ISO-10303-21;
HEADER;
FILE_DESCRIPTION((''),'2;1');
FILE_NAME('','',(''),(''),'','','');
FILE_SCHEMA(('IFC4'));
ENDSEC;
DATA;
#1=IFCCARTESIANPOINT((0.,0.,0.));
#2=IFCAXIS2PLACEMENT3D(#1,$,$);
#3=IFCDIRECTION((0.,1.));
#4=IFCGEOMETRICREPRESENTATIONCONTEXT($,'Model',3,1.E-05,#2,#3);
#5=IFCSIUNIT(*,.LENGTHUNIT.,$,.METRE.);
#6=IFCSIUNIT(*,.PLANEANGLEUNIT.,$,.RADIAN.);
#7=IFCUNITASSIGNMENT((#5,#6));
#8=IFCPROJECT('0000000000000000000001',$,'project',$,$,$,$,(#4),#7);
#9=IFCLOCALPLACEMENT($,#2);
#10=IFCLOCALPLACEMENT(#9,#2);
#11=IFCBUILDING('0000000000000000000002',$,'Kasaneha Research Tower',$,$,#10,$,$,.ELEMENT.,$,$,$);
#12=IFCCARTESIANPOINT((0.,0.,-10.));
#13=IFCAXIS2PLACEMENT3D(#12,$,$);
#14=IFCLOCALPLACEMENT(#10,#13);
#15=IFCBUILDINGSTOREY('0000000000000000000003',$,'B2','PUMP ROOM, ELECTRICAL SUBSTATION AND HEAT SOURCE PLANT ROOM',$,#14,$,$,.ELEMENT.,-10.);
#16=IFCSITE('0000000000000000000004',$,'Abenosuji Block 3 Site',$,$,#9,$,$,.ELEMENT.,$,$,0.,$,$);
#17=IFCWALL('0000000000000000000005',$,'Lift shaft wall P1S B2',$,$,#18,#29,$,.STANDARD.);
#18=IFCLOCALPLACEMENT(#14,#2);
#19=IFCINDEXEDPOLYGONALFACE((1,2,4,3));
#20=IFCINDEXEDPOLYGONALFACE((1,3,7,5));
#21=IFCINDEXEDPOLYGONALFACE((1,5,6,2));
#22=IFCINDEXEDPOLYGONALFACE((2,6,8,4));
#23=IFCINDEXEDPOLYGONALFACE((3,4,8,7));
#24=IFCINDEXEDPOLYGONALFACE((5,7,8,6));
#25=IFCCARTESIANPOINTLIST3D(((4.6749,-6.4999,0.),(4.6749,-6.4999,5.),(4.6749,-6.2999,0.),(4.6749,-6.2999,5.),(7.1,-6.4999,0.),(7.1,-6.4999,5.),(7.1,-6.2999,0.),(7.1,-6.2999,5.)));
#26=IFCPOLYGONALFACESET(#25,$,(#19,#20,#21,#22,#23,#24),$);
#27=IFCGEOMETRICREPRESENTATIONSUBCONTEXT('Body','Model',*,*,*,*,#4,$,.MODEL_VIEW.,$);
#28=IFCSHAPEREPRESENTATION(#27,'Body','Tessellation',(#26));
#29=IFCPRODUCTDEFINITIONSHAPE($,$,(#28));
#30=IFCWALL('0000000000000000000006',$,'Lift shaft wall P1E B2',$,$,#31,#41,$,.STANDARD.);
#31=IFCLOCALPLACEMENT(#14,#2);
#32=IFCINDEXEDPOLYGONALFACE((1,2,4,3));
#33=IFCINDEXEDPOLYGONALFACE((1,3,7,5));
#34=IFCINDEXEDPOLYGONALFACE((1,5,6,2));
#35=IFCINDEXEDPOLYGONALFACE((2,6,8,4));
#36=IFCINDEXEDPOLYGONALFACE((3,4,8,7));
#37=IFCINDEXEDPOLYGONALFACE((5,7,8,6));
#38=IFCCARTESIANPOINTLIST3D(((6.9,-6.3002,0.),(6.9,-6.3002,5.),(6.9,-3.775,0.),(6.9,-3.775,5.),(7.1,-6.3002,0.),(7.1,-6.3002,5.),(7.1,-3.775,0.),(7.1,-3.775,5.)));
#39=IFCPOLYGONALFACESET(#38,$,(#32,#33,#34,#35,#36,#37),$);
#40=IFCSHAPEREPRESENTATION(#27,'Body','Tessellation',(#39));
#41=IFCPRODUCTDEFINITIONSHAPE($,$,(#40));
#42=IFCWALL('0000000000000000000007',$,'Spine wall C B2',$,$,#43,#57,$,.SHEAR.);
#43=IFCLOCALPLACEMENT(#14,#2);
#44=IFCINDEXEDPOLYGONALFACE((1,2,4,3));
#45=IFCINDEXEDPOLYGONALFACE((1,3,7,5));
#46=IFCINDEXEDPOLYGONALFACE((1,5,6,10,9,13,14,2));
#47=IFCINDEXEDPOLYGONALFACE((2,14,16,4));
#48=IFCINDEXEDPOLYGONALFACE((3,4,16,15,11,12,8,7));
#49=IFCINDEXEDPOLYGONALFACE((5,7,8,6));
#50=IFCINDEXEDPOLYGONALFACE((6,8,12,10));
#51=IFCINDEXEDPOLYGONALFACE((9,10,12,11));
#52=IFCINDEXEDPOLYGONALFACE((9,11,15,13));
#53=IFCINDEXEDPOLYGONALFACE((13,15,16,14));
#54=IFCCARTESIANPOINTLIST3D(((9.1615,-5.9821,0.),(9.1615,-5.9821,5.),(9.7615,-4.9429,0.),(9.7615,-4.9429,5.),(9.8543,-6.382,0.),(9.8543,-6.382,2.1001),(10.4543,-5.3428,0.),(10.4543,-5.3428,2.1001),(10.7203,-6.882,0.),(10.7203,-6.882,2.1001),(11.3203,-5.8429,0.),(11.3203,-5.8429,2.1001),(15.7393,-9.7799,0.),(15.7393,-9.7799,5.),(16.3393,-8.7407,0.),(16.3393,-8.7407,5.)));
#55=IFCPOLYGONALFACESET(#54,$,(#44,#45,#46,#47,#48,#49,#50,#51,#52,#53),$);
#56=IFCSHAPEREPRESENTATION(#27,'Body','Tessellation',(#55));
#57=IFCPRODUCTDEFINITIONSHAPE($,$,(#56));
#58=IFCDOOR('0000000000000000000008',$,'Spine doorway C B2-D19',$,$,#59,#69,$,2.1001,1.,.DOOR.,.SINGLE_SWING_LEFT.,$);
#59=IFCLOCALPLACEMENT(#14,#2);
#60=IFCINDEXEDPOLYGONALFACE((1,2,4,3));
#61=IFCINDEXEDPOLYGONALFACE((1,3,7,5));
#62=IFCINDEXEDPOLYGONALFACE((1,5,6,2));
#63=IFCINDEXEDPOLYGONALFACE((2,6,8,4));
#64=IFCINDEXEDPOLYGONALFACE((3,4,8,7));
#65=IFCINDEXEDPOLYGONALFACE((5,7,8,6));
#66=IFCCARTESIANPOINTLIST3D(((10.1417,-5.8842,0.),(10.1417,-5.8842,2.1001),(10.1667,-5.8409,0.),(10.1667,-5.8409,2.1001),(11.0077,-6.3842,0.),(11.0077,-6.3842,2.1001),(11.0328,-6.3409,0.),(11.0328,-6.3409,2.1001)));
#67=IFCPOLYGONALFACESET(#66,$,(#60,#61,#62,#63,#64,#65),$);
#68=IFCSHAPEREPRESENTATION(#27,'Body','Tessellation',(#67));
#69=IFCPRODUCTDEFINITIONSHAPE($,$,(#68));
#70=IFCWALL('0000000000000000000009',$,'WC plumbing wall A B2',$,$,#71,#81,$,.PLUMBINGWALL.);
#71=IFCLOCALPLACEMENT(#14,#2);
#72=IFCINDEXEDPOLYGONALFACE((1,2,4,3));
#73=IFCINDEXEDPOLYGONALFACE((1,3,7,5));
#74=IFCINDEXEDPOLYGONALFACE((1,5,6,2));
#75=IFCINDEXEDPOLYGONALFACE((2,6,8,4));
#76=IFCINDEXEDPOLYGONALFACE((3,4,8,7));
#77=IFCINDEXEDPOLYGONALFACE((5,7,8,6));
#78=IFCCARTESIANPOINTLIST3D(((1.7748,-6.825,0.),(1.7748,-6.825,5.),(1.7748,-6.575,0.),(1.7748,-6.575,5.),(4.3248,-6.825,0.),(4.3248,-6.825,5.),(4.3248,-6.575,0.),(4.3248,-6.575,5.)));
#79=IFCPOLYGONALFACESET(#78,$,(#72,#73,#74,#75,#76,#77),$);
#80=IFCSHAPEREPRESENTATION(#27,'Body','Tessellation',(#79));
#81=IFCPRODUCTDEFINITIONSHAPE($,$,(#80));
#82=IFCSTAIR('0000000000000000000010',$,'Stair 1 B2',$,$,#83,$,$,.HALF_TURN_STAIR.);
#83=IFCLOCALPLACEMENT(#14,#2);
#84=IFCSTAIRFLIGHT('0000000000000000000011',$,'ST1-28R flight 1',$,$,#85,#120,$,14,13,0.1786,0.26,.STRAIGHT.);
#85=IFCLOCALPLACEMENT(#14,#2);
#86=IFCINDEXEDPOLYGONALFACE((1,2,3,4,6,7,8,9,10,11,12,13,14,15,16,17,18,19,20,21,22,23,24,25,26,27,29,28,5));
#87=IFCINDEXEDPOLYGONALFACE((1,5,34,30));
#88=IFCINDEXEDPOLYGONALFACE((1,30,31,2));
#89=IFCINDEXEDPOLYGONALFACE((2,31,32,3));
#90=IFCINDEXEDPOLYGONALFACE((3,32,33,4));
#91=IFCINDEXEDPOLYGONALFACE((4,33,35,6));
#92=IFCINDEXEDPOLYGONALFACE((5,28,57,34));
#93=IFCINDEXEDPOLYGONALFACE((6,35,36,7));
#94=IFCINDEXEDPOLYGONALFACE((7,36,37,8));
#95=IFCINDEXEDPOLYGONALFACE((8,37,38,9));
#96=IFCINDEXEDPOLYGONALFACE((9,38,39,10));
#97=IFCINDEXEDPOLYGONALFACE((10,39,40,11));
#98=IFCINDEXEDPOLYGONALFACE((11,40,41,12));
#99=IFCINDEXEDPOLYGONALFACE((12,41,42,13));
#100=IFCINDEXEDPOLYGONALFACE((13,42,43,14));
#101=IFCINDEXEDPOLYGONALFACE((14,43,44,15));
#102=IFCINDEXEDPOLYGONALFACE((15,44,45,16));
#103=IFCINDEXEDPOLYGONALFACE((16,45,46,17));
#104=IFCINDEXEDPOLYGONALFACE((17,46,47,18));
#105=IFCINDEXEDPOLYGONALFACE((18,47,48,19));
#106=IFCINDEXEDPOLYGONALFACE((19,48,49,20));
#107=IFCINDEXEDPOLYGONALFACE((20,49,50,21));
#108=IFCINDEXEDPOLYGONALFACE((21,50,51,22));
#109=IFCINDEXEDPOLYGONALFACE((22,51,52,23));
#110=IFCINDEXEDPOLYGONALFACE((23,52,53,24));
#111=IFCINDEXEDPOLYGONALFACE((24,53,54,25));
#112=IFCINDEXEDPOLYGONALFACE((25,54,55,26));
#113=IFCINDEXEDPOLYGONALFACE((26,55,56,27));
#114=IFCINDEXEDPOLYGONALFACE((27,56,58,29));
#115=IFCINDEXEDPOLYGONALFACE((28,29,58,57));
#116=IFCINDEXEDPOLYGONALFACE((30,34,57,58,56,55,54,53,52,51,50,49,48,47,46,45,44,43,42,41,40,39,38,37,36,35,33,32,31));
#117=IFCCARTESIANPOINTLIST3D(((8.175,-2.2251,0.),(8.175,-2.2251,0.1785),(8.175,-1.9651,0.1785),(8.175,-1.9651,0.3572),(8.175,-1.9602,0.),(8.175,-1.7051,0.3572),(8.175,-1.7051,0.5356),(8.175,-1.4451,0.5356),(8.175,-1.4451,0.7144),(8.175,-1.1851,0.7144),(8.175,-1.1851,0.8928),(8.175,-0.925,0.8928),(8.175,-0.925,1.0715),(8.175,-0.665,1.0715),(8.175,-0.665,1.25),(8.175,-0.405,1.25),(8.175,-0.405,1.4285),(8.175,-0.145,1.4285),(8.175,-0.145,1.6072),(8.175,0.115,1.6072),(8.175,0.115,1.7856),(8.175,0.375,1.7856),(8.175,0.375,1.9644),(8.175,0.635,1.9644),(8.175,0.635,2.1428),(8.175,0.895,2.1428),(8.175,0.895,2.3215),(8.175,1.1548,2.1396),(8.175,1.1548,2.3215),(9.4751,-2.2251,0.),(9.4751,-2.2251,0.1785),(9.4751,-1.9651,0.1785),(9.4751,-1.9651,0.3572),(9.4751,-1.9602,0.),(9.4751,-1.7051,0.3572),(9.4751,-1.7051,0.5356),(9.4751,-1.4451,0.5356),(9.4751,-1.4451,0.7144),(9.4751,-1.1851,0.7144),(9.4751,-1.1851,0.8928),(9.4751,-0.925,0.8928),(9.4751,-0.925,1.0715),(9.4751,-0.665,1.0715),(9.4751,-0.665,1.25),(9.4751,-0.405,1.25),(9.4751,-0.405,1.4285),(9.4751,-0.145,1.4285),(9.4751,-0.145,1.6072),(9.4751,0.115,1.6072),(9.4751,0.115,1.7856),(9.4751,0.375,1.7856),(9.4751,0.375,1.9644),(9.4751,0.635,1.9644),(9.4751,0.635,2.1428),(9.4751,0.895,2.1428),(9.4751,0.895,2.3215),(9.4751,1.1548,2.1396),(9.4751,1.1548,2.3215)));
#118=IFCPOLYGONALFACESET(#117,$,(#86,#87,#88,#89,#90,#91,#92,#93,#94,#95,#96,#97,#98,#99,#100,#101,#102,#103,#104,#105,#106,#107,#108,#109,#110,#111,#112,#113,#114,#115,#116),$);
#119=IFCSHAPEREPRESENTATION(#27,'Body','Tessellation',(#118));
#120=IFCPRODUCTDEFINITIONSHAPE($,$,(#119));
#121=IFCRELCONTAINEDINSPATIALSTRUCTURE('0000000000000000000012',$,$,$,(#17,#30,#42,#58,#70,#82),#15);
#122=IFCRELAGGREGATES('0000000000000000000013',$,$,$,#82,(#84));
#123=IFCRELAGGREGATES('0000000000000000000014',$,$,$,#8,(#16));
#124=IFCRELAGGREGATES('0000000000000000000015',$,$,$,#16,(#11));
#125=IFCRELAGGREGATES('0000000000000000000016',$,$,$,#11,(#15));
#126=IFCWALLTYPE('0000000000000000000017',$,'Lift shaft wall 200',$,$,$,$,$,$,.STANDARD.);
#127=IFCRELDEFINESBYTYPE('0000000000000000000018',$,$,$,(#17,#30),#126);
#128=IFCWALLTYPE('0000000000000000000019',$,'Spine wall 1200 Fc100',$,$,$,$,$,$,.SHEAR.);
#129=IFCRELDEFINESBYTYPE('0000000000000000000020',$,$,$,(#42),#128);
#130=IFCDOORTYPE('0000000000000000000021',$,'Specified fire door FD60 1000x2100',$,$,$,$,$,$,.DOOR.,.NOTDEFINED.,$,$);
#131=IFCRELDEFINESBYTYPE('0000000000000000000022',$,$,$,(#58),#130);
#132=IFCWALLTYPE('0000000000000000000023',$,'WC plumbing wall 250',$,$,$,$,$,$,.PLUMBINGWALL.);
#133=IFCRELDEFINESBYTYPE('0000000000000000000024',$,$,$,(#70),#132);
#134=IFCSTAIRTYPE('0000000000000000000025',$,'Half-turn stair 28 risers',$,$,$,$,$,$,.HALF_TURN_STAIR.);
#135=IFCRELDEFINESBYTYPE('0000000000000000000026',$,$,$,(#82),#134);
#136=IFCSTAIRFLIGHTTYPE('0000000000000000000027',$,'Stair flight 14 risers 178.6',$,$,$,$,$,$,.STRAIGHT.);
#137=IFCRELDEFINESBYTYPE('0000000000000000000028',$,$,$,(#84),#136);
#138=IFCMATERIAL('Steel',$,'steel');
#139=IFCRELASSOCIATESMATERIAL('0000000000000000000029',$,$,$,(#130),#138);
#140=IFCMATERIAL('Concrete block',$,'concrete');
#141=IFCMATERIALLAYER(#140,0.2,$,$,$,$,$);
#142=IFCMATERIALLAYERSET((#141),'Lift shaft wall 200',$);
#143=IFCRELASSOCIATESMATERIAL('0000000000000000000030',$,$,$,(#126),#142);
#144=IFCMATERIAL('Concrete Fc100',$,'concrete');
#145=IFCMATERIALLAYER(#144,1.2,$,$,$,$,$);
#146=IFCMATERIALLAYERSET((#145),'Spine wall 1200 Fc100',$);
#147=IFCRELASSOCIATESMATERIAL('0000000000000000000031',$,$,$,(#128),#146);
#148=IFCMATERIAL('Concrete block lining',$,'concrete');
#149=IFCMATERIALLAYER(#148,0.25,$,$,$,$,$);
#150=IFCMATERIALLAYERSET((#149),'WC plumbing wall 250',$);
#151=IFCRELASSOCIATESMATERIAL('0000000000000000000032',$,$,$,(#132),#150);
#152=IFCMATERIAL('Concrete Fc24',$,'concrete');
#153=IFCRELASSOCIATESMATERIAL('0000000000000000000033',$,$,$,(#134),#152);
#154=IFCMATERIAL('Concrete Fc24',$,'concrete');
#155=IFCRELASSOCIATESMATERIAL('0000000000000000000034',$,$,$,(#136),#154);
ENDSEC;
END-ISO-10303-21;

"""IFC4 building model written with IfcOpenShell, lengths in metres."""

from ifc_helpers import new_model, si_unit, direction, frame, frame_2d, origin, place, context, subcontext, project, spatial, polyline, rectangle, outline, extrude, material, layer, layer_set, type_object, element, fill, aggregate, save


model = new_model("IFC4")

# Units and contexts
model_context = context("Model", 3, precision=1e-05, world=origin(), true_north=direction((0.0, 1.0)))
body_context = subcontext(model_context, "Body", "Model", "MODEL_VIEW")
ifc_project = project(units=[si_unit("LENGTHUNIT", "METRE"), si_unit("PLANEANGLEUNIT", "RADIAN")], contexts=[model_context])

# Site, building, storey
site_placement = place(None, origin())
site = spatial("IfcSite", under=ifc_project, at=site_placement, Name="Abenosuji Block 3 Site", CompositionType="ELEMENT", RefElevation=0.0)
building_placement = place(site_placement, origin())
building = spatial("IfcBuilding", under=site, at=building_placement, Name="Kasaneha Research Tower", CompositionType="ELEMENT")
storey_placement = place(building_placement, frame((0.0, 0.0, -10.0)))
storey = spatial("IfcBuildingStorey", under=building, at=storey_placement, Name="B2", Description="PUMP ROOM, ELECTRICAL SUBSTATION AND HEAT SOURCE PLANT ROOM", CompositionType="ELEMENT", Elevation=-10.0)

# Shared definitions
ifc_material_1 = material(Name="Steel", Category="steel")
door_type_1 = type_object("IfcDoorType", Name="Specified fire door FD60 1000x2100", OperationType="NOTDEFINED", PredefinedType="DOOR", material=ifc_material_1)

# Walls
ifc_material_2 = material(Name="Concrete block", Category="concrete")
ifc_layer_1 = layer(ifc_material_2, 0.2)
ifc_layer_set_1 = layer_set([ifc_layer_1], Name="Lift shaft wall 200")
wall_type_1 = type_object("IfcWallType", Name="Lift shaft wall 200", PredefinedType="STANDARD", material=ifc_layer_set_1)
wall_1_placement = place(storey_placement, frame((4.675, -6.3999, 0.0), z_axis=(0.0, 0.0, 1.0), x_axis=(1.0, 0.0, 0.0)))
element("IfcWall", 1, at=wall_1_placement, inside=storey, type_object=wall_type_1, Name="Lift shaft wall P1S B2", PredefinedType="STANDARD", context=body_context, shape_type="SweptSolid", body=[
    extrude(rectangle(XDim=2.425, YDim=0.2, at=frame_2d((1.2124, 0.0))), origin(), (0.0, 0.0, 1.0), 5.0),
])
wall_2_placement = place(storey_placement, frame((7.0, -3.7749, 0.0), z_axis=(0.0, 0.0, 1.0), x_axis=(0.0, -1.0, 0.0)))
element("IfcWall", 2, at=wall_2_placement, inside=storey, type_object=wall_type_1, Name="Lift shaft wall P1E B2", PredefinedType="STANDARD", context=body_context, shape_type="SweptSolid", body=[
    extrude(rectangle(XDim=2.5251, YDim=0.2, at=frame_2d((1.2627, 0.0))), origin(), (0.0, 0.0, 1.0), 5.0),
])

# Wall, opening, door
ifc_material_3 = material(Name="Concrete Fc100", Category="concrete")
ifc_layer_2 = layer(ifc_material_3, 1.2)
ifc_layer_set_2 = layer_set([ifc_layer_2], Name="Spine wall 1200 Fc100")
wall_type_2 = type_object("IfcWallType", Name="Spine wall 1200 Fc100", PredefinedType="SHEAR", material=ifc_layer_set_2)
wall_3_placement = place(storey_placement, frame((9.4614, -5.4624, 0.0), z_axis=(0.0, 0.0, 1.0), x_axis=(0.866019, -0.500011, 0.0)))
wall_3 = element("IfcWall", 3, at=wall_3_placement, inside=storey, type_object=wall_type_2, Name="Spine wall C B2", PredefinedType="SHEAR", context=body_context, shape_type="SweptSolid", body=[
    extrude(rectangle(XDim=7.5955, YDim=1.2, at=frame_2d((3.7979, 0.0))), origin(), (0.0, 0.0, 1.0), 5.0),
])
opening_1_placement = place(wall_3_placement, frame((0.8, 0.0, 0.0)))
opening_1 = element("IfcOpeningElement", 4, at=opening_1_placement, cuts=wall_3, PredefinedType="OPENING", context=body_context, shape_type="SweptSolid", body=[
    extrude(rectangle(XDim=1.0, YDim=2.1001, at=frame_2d((0.5, 1.05))), frame((0.0, 0.6099, 0.0), z_axis=(0.0, -1.0, 0.0), x_axis=(1.0, 0.0, 0.0)), (0.0, 0.0, 1.0), 1.22),
])
door_1_placement = place(opening_1_placement, origin())
door_1 = element("IfcDoor", 5, at=door_1_placement, inside=storey, type_object=door_type_1, Name="Spine doorway C B2-D19", OperationType="SINGLE_SWING_LEFT", OverallHeight=2.1001, OverallWidth=1.0, PredefinedType="DOOR", context=body_context, shape_type="SweptSolid", body=[
    extrude(rectangle(XDim=1.0, YDim=2.1001, at=frame_2d((0.5, 1.05))), frame((0.0, 0.0249, 0.0), z_axis=(0.0, -1.0, 0.0), x_axis=(1.0, 0.0, 0.0)), (0.0, 0.0, 1.0), 0.05),
])
fill(opening_1, door_1)

# Wall
ifc_material_4 = material(Name="Concrete block lining", Category="concrete")
ifc_layer_3 = layer(ifc_material_4, 0.25)
ifc_layer_set_3 = layer_set([ifc_layer_3], Name="WC plumbing wall 250")
wall_type_3 = type_object("IfcWallType", Name="WC plumbing wall 250", PredefinedType="PLUMBINGWALL", material=ifc_layer_set_3)
wall_4_placement = place(storey_placement, frame((1.7749, -6.7, 0.0), z_axis=(0.0, 0.0, 1.0), x_axis=(1.0, 0.0, 0.0)))
element("IfcWall", 6, at=wall_4_placement, inside=storey, type_object=wall_type_3, Name="WC plumbing wall A B2", PredefinedType="PLUMBINGWALL", context=body_context, shape_type="SweptSolid", body=[
    extrude(rectangle(XDim=2.55, YDim=0.25, at=frame_2d((1.2749, 0.0))), origin(), (0.0, 0.0, 1.0), 5.0),
])

# Stair, stair flight
ifc_material_5 = material(Name="Concrete Fc24", Category="concrete")
stair_type = type_object("IfcStairType", Name="Half-turn stair 28 risers", PredefinedType="HALF_TURN_STAIR", material=ifc_material_5)
stair_placement = place(storey_placement, origin())
stair = element("IfcStair", 7, at=stair_placement, inside=storey, type_object=stair_type, Name="Stair 1 B2", PredefinedType="HALF_TURN_STAIR")
ifc_material_6 = material(Name="Concrete Fc24", Category="concrete")
stair_flight_type = type_object("IfcStairFlightType", Name="Stair flight 14 risers 178.6", PredefinedType="STRAIGHT", material=ifc_material_6)
stair_flight_placement = place(storey_placement, frame((8.825, -2.2251, 0.0), z_axis=(0.0, 0.0, 1.0), x_axis=(0.0, 1.0, 0.0)))
stair_flight = element("IfcStairFlight", 8, at=stair_flight_placement, type_object=stair_flight_type, Name="ST1-28R flight 1", NumberOfRisers=14, NumberOfTreads=13, PredefinedType="STRAIGHT", RiserHeight=0.1786, TreadLength=0.26, context=body_context, shape_type="SweptSolid", body=[
    extrude(outline(polyline([(0.0, 0.0), (0.0, 0.1785), (0.26, 0.1785), (0.26, 0.3572), (0.52, 0.3572), (0.52, 0.5356), (0.78, 0.5356), (0.78, 0.7144), (1.04, 0.7144), (1.04, 0.8928), (1.3, 0.8928), (1.3, 1.0715), (1.5601, 1.0715), (1.5601, 1.25), (1.8201, 1.25), (1.8201, 1.4285), (2.0801, 1.4285), (2.0801, 1.6072), (2.3401, 1.6072), (2.3401, 1.7856), (2.6001, 1.7856), (2.6001, 1.9644), (2.8601, 1.9644), (2.8601, 2.1428), (3.1201, 2.1428), (3.1201, 2.3215), (3.3799, 2.3215), (3.3799, 2.5), (3.3799, 2.1396), (0.2649, 0.0), (0.0, 0.0)])), frame((0.0, 0.6499, 0.0), z_axis=(0.0, -1.0, 0.0), x_axis=(1.0, 0.0, 0.0)), (0.0, 0.0, 1.0), 1.3),
])
aggregate(stair, [stair_flight])

save(model, "model.ifc")
